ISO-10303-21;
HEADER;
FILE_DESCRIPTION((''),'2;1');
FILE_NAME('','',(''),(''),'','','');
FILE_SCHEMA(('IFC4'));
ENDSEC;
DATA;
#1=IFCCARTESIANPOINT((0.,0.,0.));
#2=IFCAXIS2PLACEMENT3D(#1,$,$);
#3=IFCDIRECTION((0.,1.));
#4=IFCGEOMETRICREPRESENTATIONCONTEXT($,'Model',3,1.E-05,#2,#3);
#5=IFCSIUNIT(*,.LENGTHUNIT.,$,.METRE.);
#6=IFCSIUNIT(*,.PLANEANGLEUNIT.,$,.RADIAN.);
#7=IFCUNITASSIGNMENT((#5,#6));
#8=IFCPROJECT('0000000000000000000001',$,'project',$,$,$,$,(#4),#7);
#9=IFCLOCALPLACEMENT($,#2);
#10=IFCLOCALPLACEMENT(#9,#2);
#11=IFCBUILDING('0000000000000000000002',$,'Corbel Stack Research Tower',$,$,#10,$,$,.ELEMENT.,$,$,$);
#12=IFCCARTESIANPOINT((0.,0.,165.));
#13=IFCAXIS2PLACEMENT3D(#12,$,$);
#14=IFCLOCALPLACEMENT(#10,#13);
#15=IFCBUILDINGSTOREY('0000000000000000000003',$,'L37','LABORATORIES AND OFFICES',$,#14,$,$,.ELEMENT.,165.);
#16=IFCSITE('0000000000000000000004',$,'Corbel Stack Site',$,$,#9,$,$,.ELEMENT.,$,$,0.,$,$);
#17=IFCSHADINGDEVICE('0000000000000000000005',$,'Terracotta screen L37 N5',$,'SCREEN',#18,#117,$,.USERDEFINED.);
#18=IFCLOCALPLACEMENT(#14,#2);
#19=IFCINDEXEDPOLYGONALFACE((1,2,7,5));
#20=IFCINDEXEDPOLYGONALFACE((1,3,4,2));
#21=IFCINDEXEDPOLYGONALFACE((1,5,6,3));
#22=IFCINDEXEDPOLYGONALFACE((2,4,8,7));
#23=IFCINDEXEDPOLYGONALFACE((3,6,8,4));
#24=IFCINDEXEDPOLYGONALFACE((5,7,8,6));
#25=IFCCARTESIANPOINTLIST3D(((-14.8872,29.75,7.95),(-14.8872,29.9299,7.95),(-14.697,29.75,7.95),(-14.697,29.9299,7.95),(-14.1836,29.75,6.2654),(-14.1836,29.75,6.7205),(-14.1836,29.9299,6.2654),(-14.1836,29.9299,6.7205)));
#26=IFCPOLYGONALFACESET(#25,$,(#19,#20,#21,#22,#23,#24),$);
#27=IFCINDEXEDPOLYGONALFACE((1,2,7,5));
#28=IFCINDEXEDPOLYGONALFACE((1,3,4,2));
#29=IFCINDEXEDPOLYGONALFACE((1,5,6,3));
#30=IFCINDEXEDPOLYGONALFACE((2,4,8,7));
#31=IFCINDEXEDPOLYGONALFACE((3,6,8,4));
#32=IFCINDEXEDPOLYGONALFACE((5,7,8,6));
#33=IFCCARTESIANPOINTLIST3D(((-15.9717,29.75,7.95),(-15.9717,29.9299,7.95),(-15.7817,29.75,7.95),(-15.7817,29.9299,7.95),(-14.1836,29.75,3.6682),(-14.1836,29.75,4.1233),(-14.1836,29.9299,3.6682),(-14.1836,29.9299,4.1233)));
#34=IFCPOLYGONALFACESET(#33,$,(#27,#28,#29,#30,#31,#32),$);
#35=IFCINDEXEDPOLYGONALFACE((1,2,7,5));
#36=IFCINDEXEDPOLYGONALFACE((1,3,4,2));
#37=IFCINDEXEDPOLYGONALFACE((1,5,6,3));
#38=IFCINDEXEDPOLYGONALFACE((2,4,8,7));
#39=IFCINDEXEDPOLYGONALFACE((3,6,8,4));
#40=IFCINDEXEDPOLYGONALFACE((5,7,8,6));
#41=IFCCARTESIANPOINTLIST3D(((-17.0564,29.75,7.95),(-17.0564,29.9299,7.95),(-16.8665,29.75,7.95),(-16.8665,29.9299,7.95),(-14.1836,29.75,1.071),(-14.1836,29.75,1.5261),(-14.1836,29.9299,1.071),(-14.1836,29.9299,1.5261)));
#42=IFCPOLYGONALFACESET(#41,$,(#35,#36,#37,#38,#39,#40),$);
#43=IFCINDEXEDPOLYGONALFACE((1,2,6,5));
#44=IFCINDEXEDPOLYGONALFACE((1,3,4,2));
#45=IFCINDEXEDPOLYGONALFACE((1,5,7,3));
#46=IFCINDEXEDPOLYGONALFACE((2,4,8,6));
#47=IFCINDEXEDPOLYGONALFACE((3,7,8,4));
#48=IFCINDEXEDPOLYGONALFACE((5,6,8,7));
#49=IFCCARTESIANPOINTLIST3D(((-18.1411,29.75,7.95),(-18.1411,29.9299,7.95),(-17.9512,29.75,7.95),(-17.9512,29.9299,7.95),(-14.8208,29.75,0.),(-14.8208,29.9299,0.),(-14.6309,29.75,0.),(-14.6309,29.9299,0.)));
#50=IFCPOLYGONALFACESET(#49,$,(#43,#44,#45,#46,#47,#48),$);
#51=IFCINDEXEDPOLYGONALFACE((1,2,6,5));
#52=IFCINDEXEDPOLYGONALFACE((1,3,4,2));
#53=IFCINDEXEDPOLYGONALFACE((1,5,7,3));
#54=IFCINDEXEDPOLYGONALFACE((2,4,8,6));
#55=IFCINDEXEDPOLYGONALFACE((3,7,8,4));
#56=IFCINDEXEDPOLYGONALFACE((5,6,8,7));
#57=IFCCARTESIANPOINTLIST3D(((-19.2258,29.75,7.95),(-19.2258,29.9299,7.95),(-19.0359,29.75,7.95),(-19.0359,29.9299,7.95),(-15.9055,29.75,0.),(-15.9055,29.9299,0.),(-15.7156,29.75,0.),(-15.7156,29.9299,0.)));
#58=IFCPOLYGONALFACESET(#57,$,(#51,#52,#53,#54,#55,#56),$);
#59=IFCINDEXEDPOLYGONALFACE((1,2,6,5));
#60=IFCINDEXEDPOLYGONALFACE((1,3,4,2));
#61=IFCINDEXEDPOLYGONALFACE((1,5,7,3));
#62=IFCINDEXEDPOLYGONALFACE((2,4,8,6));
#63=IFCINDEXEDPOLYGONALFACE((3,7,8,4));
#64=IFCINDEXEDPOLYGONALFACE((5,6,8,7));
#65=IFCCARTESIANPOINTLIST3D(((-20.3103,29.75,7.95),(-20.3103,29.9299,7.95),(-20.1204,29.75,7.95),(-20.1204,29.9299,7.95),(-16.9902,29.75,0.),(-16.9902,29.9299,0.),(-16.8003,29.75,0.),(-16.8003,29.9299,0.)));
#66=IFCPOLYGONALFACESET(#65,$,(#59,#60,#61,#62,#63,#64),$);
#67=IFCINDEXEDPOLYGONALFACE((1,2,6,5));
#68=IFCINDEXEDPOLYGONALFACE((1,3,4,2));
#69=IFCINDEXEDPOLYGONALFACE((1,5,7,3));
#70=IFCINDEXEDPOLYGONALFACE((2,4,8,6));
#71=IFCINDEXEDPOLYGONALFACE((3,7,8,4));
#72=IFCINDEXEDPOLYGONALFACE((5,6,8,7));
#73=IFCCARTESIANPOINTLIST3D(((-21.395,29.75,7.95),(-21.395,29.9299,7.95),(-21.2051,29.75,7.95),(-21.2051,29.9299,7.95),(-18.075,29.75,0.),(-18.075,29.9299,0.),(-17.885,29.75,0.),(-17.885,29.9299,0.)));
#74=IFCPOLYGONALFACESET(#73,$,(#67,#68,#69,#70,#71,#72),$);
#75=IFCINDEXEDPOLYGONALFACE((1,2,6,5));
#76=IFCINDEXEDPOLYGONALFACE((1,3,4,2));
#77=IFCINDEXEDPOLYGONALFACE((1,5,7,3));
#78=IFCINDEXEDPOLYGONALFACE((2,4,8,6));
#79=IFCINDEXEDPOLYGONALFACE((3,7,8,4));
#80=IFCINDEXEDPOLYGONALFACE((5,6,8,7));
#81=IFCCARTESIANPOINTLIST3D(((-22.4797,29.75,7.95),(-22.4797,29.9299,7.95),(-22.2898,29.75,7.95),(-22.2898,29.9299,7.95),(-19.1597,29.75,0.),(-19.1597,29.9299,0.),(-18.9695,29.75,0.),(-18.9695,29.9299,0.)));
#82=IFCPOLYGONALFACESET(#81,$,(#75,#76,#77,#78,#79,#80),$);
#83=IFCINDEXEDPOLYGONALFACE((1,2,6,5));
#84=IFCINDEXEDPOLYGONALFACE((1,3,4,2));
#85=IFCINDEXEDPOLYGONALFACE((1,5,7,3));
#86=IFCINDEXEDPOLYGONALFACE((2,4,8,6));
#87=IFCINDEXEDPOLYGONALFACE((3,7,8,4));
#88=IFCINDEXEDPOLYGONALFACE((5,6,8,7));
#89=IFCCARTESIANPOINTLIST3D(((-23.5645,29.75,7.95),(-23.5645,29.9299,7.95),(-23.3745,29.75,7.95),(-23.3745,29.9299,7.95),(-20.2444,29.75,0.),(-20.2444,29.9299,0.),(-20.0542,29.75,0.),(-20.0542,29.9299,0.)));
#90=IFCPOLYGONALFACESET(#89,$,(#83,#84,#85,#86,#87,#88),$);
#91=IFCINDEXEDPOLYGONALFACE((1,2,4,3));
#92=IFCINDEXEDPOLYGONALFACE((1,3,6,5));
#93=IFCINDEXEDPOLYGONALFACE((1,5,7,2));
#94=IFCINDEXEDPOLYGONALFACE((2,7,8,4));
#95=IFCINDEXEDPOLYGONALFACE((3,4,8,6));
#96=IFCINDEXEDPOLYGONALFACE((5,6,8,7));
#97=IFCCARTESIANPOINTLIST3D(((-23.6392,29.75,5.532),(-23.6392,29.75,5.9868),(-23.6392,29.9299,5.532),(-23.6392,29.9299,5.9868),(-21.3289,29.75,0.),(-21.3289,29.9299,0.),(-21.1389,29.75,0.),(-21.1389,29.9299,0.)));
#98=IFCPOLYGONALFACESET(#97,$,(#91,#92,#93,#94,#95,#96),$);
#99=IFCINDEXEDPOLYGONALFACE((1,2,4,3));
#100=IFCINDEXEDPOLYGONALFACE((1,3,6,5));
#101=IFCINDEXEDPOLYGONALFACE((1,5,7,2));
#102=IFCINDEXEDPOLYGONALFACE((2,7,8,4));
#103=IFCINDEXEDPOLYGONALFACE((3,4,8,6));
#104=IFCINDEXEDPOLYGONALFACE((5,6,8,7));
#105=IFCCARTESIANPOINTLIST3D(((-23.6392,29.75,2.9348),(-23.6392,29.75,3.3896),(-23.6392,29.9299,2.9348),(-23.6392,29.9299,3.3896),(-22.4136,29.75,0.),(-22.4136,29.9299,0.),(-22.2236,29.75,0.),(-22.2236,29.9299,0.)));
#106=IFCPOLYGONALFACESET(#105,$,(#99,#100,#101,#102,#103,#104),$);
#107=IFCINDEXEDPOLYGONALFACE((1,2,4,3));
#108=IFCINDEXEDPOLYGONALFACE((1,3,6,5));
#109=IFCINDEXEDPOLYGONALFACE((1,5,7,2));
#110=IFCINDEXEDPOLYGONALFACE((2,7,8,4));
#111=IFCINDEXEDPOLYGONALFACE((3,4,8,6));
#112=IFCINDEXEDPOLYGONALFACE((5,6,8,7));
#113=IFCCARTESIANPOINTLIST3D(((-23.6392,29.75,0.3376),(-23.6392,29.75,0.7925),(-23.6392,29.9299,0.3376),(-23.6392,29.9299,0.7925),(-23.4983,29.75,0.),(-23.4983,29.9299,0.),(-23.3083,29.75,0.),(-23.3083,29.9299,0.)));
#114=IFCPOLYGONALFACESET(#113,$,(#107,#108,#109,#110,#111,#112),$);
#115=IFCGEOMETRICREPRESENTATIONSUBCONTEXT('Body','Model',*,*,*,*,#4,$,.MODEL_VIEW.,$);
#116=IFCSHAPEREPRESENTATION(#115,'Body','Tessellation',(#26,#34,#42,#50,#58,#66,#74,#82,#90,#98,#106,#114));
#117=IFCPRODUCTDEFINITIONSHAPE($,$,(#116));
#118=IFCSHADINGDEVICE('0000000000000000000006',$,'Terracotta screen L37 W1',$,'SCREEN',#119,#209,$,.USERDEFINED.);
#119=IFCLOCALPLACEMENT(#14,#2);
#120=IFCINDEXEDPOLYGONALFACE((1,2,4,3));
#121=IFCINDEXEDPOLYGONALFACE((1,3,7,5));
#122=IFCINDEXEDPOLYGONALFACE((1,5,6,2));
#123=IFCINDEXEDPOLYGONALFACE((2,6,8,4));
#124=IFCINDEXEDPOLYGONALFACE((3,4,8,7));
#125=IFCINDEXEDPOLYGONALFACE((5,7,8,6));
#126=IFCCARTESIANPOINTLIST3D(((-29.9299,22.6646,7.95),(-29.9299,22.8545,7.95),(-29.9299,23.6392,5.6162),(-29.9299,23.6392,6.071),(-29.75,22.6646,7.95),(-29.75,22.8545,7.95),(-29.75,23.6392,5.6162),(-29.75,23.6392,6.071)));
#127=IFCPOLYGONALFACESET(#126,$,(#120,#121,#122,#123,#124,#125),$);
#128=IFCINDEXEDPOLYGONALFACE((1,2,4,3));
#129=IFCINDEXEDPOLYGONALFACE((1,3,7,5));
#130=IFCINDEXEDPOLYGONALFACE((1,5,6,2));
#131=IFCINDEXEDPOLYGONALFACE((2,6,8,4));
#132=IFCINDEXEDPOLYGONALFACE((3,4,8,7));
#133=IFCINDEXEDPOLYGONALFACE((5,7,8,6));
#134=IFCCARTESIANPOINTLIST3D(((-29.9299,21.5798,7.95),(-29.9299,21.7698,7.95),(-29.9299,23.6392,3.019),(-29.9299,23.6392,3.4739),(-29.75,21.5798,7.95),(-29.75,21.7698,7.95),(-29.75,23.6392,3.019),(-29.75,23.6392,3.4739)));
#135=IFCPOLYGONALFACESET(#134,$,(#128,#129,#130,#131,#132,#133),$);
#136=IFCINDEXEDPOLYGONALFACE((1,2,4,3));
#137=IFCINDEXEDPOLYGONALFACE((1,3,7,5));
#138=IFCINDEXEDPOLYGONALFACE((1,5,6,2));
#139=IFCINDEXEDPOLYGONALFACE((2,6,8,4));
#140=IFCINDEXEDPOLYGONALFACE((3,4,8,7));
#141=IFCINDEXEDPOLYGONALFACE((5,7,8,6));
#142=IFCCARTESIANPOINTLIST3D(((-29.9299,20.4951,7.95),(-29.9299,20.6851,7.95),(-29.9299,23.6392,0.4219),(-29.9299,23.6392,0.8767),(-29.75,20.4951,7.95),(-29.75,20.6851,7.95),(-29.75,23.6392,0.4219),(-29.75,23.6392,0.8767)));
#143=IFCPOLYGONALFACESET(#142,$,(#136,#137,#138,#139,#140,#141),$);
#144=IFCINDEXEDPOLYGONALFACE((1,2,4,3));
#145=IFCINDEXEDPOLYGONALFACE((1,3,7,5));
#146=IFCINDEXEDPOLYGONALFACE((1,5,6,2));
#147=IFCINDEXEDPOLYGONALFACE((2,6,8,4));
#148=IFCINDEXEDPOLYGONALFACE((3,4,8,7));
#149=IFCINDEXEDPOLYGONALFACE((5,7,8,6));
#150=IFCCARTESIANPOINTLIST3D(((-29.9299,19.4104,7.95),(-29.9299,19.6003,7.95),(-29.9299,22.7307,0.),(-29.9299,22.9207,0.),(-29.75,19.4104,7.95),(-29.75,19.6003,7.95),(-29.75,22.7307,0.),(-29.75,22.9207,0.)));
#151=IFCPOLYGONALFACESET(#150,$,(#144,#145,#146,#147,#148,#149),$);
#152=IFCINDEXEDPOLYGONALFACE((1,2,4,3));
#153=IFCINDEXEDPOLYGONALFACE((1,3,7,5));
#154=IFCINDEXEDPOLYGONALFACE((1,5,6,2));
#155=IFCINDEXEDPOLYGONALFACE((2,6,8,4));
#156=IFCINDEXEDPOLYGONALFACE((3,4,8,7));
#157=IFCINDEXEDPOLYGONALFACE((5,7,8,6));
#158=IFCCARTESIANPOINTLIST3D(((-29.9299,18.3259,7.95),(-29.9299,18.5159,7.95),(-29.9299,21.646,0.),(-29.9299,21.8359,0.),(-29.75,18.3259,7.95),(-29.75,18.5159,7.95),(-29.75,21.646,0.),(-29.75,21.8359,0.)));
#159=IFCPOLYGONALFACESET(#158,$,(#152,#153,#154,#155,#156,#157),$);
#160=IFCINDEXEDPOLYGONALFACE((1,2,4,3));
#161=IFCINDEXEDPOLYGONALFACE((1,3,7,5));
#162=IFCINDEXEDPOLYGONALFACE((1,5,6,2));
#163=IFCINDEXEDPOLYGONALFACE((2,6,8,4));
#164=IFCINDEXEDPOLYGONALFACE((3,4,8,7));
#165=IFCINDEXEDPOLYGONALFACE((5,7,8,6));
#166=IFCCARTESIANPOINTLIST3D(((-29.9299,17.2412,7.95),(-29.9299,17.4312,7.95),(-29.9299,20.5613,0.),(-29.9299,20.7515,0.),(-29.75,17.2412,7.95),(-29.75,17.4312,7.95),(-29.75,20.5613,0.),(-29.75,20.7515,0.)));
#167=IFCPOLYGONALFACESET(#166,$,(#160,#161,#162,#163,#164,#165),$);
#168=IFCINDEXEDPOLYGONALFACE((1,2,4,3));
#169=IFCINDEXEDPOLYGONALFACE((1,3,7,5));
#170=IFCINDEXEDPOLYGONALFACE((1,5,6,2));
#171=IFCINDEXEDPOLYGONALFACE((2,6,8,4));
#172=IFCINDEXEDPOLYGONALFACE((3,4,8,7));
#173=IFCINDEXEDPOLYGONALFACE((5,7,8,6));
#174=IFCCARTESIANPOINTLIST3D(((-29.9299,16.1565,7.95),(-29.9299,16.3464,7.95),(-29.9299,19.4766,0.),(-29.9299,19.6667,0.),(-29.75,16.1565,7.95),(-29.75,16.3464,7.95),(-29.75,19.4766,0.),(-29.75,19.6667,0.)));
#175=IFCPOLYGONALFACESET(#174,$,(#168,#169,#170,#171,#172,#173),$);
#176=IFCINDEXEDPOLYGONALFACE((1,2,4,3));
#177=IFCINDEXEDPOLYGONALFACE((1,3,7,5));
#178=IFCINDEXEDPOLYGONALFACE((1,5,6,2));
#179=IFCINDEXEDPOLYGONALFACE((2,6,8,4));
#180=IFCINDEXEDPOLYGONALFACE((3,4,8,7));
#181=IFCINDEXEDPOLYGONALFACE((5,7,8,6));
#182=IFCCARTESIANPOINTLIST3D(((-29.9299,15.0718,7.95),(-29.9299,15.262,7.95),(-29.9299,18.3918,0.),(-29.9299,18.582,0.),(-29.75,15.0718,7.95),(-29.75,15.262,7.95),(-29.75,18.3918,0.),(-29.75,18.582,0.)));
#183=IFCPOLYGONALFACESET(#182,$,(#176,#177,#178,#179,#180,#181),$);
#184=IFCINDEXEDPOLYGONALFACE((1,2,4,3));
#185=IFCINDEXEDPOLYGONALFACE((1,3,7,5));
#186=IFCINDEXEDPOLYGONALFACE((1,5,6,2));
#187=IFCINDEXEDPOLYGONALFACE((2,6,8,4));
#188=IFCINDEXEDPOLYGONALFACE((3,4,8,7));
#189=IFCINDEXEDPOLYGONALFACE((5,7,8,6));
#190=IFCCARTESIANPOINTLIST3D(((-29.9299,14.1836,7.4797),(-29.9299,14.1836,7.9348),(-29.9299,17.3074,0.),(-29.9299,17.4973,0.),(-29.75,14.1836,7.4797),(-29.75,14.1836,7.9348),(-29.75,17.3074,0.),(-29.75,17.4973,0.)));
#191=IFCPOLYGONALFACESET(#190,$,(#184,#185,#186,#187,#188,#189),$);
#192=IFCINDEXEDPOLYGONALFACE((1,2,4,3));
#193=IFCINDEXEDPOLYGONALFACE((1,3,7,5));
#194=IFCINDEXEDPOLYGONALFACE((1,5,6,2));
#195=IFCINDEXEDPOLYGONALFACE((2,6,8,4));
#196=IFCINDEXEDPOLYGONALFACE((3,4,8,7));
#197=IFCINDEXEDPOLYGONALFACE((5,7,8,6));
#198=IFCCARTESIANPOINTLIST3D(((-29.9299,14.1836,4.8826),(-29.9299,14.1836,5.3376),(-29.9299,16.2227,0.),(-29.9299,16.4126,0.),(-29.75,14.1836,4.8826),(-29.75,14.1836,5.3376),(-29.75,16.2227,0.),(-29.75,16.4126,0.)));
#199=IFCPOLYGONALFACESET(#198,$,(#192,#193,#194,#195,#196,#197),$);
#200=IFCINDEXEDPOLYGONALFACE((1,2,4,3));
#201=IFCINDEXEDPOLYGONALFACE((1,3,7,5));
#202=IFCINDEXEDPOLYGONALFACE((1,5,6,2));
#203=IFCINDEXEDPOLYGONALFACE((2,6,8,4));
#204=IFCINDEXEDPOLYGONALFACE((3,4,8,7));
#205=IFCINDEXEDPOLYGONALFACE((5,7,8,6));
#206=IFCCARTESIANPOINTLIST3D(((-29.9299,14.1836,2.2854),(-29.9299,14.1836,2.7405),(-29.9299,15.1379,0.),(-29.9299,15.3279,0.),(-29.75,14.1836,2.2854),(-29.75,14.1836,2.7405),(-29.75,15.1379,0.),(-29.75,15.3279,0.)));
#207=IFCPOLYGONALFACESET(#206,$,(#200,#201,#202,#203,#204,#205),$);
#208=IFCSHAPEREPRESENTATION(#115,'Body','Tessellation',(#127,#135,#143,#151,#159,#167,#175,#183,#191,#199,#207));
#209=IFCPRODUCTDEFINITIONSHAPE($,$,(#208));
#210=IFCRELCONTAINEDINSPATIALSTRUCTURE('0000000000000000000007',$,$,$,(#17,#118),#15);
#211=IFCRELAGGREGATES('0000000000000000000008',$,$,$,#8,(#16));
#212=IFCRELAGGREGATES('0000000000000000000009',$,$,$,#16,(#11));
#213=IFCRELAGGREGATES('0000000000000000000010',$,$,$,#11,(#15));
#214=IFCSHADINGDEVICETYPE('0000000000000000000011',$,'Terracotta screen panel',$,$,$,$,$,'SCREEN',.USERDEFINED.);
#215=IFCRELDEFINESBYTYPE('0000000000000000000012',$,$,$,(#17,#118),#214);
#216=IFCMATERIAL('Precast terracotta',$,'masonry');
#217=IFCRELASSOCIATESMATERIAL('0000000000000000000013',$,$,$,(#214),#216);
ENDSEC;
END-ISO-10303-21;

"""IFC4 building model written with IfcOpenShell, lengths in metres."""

from ifc_helpers import new_model, si_unit, direction, frame, origin, place, context, subcontext, project, spatial, polyline, outline, extrude, source, transform, mapped, material, type_object, element, save


model = new_model("IFC4")

# Units and contexts
model_context = context("Model", 3, precision=1e-05, world=origin(), true_north=direction((0.0, 1.0)))
body_context = subcontext(model_context, "Body", "Model", "MODEL_VIEW")
ifc_project = project(units=[si_unit("LENGTHUNIT", "METRE"), si_unit("PLANEANGLEUNIT", "RADIAN")], contexts=[model_context])

# Site, building, storey
site_placement = place(None, origin())
site = spatial("IfcSite", under=ifc_project, at=site_placement, Name="Corbel Stack Site", CompositionType="ELEMENT", RefElevation=0.0)
building_placement = place(site_placement, origin())
building = spatial("IfcBuilding", under=site, at=building_placement, Name="Corbel Stack Research Tower", CompositionType="ELEMENT")
storey_placement = place(building_placement, frame((0.0, 0.0, 165.0)))
storey = spatial("IfcBuildingStorey", under=building, at=storey_placement, Name="L37", Description="LABORATORIES AND OFFICES", CompositionType="ELEMENT", Elevation=165.0)

# Shading devices
ifc_material_1 = material(Name="Precast terracotta", Category="masonry")
shading_device_type = type_object("IfcShadingDeviceType", Name="Terracotta screen panel", ElementType="SCREEN", PredefinedType="USERDEFINED", material=ifc_material_1)
shared_shape_1 = source(origin(), body_context, "Body", "SweptSolid", [
    extrude(outline(polyline([(0.7036, 7.95), (0.5134, 7.95), (0.0, 6.7205), (0.0, 6.2654), (0.7036, 7.95)])), frame((0.0, 0.0, 0.0), z_axis=(0.0, -1.0, 0.0), x_axis=(1.0, 0.0, 0.0)), (0.0, 0.0, 1.0), 0.1799),
    extrude(outline(polyline([(1.7881, 7.95), (1.5981, 7.95), (0.0, 4.1233), (0.0, 3.6682), (1.7881, 7.95)])), frame((0.0, 0.0, 0.0), z_axis=(0.0, -1.0, 0.0), x_axis=(1.0, 0.0, 0.0)), (0.0, 0.0, 1.0), 0.1799),
    extrude(outline(polyline([(2.8728, 7.95), (2.6829, 7.95), (0.0, 1.5261), (0.0, 1.071), (2.8728, 7.95)])), frame((0.0, 0.0, 0.0), z_axis=(0.0, -1.0, 0.0), x_axis=(1.0, 0.0, 0.0)), (0.0, 0.0, 1.0), 0.1799),
    extrude(outline(polyline([(0.6372, 0.0), (3.9575, 7.95), (3.7676, 7.95), (0.4473, 0.0), (0.6372, 0.0)])), frame((0.0, 0.0, 0.0), z_axis=(0.0, -1.0, 0.0), x_axis=(1.0, 0.0, 0.0)), (0.0, 0.0, 1.0), 0.1799),
    extrude(outline(polyline([(1.7219, 0.0), (5.0422, 7.95), (4.8523, 7.95), (1.532, 0.0), (1.7219, 0.0)])), frame((0.0, 0.0, 0.0), z_axis=(0.0, -1.0, 0.0), x_axis=(1.0, 0.0, 0.0)), (0.0, 0.0, 1.0), 0.1799),
    extrude(outline(polyline([(2.8066, 0.0), (6.1267, 7.95), (5.9368, 7.95), (2.6167, 0.0), (2.8066, 0.0)])), frame((0.0, 0.0, 0.0), z_axis=(0.0, -1.0, 0.0), x_axis=(1.0, 0.0, 0.0)), (0.0, 0.0, 1.0), 0.1799),
    extrude(outline(polyline([(3.8914, 0.0), (7.2114, 7.95), (7.0215, 7.95), (3.7014, 0.0), (3.8914, 0.0)])), frame((0.0, 0.0, 0.0), z_axis=(0.0, -1.0, 0.0), x_axis=(1.0, 0.0, 0.0)), (0.0, 0.0, 1.0), 0.1799),
    extrude(outline(polyline([(4.9761, 0.0), (8.2961, 7.95), (8.1062, 7.95), (4.7859, 0.0), (4.9761, 0.0)])), frame((0.0, 0.0, 0.0), z_axis=(0.0, -1.0, 0.0), x_axis=(1.0, 0.0, 0.0)), (0.0, 0.0, 1.0), 0.1799),
    extrude(outline(polyline([(6.0608, 0.0), (9.3809, 7.95), (9.1909, 7.95), (5.8706, 0.0), (6.0608, 0.0)])), frame((0.0, 0.0, 0.0), z_axis=(0.0, -1.0, 0.0), x_axis=(1.0, 0.0, 0.0)), (0.0, 0.0, 1.0), 0.1799),
    extrude(outline(polyline([(7.1453, 0.0), (9.4556, 5.532), (9.4556, 5.9868), (6.9553, 0.0), (7.1453, 0.0)])), frame((0.0, 0.0, 0.0), z_axis=(0.0, -1.0, 0.0), x_axis=(1.0, 0.0, 0.0)), (0.0, 0.0, 1.0), 0.1799),
    extrude(outline(polyline([(8.23, 0.0), (9.4556, 2.9348), (9.4556, 3.3896), (8.04, 0.0), (8.23, 0.0)])), frame((0.0, 0.0, 0.0), z_axis=(0.0, -1.0, 0.0), x_axis=(1.0, 0.0, 0.0)), (0.0, 0.0, 1.0), 0.1799),
    extrude(outline(polyline([(9.3147, 0.0), (9.4556, 0.3376), (9.4556, 0.7925), (9.1248, 0.0), (9.3147, 0.0)])), frame((0.0, 0.0, 0.0), z_axis=(0.0, -1.0, 0.0), x_axis=(1.0, 0.0, 0.0)), (0.0, 0.0, 1.0), 0.1799),
])
shading_device_1_placement = place(storey_placement, frame((-14.1836, 29.75, 0.0), z_axis=(0.0, 0.0, 1.0), x_axis=(-1.0, 0.0, 0.0)))
element("IfcShadingDevice", 1, at=shading_device_1_placement, inside=storey, type_object=shading_device_type, Name="Terracotta screen L37 N5", ObjectType="SCREEN", PredefinedType="USERDEFINED", context=body_context, shape_type="MappedRepresentation", body=[
    mapped(shared_shape_1, transform((0.0, 0.0, 0.0))),
])
shared_shape_2 = source(origin(), body_context, "Body", "SweptSolid", [
    extrude(outline(polyline([(0.9746, 7.95), (0.7847, 7.95), (0.0, 6.071), (0.0, 5.6162), (0.9746, 7.95)])), frame((0.0, 0.0, 0.0), z_axis=(0.0, -1.0, 0.0), x_axis=(1.0, 0.0, 0.0)), (0.0, 0.0, 1.0), 0.1799),
    extrude(outline(polyline([(2.0593, 7.95), (1.8694, 7.95), (0.0, 3.4739), (0.0, 3.019), (2.0593, 7.95)])), frame((0.0, 0.0, 0.0), z_axis=(0.0, -1.0, 0.0), x_axis=(1.0, 0.0, 0.0)), (0.0, 0.0, 1.0), 0.1799),
    extrude(outline(polyline([(3.144, 7.95), (2.9541, 7.95), (0.0, 0.8767), (0.0, 0.4219), (3.144, 7.95)])), frame((0.0, 0.0, 0.0), z_axis=(0.0, -1.0, 0.0), x_axis=(1.0, 0.0, 0.0)), (0.0, 0.0, 1.0), 0.1799),
    extrude(outline(polyline([(0.9084, 0.0), (4.2288, 7.95), (4.0388, 7.95), (0.7185, 0.0), (0.9084, 0.0)])), frame((0.0, 0.0, 0.0), z_axis=(0.0, -1.0, 0.0), x_axis=(1.0, 0.0, 0.0)), (0.0, 0.0, 1.0), 0.1799),
    extrude(outline(polyline([(1.9932, 0.0), (5.3132, 7.95), (5.1233, 7.95), (1.8032, 0.0), (1.9932, 0.0)])), frame((0.0, 0.0, 0.0), z_axis=(0.0, -1.0, 0.0), x_axis=(1.0, 0.0, 0.0)), (0.0, 0.0, 1.0), 0.1799),
    extrude(outline(polyline([(3.0779, 0.0), (6.3979, 7.95), (6.208, 7.95), (2.8877, 0.0), (3.0779, 0.0)])), frame((0.0, 0.0, 0.0), z_axis=(0.0, -1.0, 0.0), x_axis=(1.0, 0.0, 0.0)), (0.0, 0.0, 1.0), 0.1799),
    extrude(outline(polyline([(4.1626, 0.0), (7.4827, 7.95), (7.2927, 7.95), (3.9724, 0.0), (4.1626, 0.0)])), frame((0.0, 0.0, 0.0), z_axis=(0.0, -1.0, 0.0), x_axis=(1.0, 0.0, 0.0)), (0.0, 0.0, 1.0), 0.1799),
    extrude(outline(polyline([(5.2473, 0.0), (8.5674, 7.95), (8.3772, 7.95), (5.0571, 0.0), (5.2473, 0.0)])), frame((0.0, 0.0, 0.0), z_axis=(0.0, -1.0, 0.0), x_axis=(1.0, 0.0, 0.0)), (0.0, 0.0, 1.0), 0.1799),
    extrude(outline(polyline([(6.3318, 0.0), (9.4556, 7.4797), (9.4556, 7.9348), (6.1418, 0.0), (6.3318, 0.0)])), frame((0.0, 0.0, 0.0), z_axis=(0.0, -1.0, 0.0), x_axis=(1.0, 0.0, 0.0)), (0.0, 0.0, 1.0), 0.1799),
    extrude(outline(polyline([(7.4165, 0.0), (9.4556, 4.8826), (9.4556, 5.3376), (7.2266, 0.0), (7.4165, 0.0)])), frame((0.0, 0.0, 0.0), z_axis=(0.0, -1.0, 0.0), x_axis=(1.0, 0.0, 0.0)), (0.0, 0.0, 1.0), 0.1799),
    extrude(outline(polyline([(8.5012, 0.0), (9.4556, 2.2854), (9.4556, 2.7405), (8.3113, 0.0), (8.5012, 0.0)])), frame((0.0, 0.0, 0.0), z_axis=(0.0, -1.0, 0.0), x_axis=(1.0, 0.0, 0.0)), (0.0, 0.0, 1.0), 0.1799),
])
shading_device_2_placement = place(storey_placement, frame((-29.75, 23.6392, 0.0), z_axis=(0.0, 0.0, 1.0), x_axis=(0.0, -1.0, 0.0)))
element("IfcShadingDevice", 2, at=shading_device_2_placement, inside=storey, type_object=shading_device_type, Name="Terracotta screen L37 W1", ObjectType="SCREEN", PredefinedType="USERDEFINED", context=body_context, shape_type="MappedRepresentation", body=[
    mapped(shared_shape_2, transform((0.0, 0.0, 0.0))),
])

save(model, "model.ifc")
